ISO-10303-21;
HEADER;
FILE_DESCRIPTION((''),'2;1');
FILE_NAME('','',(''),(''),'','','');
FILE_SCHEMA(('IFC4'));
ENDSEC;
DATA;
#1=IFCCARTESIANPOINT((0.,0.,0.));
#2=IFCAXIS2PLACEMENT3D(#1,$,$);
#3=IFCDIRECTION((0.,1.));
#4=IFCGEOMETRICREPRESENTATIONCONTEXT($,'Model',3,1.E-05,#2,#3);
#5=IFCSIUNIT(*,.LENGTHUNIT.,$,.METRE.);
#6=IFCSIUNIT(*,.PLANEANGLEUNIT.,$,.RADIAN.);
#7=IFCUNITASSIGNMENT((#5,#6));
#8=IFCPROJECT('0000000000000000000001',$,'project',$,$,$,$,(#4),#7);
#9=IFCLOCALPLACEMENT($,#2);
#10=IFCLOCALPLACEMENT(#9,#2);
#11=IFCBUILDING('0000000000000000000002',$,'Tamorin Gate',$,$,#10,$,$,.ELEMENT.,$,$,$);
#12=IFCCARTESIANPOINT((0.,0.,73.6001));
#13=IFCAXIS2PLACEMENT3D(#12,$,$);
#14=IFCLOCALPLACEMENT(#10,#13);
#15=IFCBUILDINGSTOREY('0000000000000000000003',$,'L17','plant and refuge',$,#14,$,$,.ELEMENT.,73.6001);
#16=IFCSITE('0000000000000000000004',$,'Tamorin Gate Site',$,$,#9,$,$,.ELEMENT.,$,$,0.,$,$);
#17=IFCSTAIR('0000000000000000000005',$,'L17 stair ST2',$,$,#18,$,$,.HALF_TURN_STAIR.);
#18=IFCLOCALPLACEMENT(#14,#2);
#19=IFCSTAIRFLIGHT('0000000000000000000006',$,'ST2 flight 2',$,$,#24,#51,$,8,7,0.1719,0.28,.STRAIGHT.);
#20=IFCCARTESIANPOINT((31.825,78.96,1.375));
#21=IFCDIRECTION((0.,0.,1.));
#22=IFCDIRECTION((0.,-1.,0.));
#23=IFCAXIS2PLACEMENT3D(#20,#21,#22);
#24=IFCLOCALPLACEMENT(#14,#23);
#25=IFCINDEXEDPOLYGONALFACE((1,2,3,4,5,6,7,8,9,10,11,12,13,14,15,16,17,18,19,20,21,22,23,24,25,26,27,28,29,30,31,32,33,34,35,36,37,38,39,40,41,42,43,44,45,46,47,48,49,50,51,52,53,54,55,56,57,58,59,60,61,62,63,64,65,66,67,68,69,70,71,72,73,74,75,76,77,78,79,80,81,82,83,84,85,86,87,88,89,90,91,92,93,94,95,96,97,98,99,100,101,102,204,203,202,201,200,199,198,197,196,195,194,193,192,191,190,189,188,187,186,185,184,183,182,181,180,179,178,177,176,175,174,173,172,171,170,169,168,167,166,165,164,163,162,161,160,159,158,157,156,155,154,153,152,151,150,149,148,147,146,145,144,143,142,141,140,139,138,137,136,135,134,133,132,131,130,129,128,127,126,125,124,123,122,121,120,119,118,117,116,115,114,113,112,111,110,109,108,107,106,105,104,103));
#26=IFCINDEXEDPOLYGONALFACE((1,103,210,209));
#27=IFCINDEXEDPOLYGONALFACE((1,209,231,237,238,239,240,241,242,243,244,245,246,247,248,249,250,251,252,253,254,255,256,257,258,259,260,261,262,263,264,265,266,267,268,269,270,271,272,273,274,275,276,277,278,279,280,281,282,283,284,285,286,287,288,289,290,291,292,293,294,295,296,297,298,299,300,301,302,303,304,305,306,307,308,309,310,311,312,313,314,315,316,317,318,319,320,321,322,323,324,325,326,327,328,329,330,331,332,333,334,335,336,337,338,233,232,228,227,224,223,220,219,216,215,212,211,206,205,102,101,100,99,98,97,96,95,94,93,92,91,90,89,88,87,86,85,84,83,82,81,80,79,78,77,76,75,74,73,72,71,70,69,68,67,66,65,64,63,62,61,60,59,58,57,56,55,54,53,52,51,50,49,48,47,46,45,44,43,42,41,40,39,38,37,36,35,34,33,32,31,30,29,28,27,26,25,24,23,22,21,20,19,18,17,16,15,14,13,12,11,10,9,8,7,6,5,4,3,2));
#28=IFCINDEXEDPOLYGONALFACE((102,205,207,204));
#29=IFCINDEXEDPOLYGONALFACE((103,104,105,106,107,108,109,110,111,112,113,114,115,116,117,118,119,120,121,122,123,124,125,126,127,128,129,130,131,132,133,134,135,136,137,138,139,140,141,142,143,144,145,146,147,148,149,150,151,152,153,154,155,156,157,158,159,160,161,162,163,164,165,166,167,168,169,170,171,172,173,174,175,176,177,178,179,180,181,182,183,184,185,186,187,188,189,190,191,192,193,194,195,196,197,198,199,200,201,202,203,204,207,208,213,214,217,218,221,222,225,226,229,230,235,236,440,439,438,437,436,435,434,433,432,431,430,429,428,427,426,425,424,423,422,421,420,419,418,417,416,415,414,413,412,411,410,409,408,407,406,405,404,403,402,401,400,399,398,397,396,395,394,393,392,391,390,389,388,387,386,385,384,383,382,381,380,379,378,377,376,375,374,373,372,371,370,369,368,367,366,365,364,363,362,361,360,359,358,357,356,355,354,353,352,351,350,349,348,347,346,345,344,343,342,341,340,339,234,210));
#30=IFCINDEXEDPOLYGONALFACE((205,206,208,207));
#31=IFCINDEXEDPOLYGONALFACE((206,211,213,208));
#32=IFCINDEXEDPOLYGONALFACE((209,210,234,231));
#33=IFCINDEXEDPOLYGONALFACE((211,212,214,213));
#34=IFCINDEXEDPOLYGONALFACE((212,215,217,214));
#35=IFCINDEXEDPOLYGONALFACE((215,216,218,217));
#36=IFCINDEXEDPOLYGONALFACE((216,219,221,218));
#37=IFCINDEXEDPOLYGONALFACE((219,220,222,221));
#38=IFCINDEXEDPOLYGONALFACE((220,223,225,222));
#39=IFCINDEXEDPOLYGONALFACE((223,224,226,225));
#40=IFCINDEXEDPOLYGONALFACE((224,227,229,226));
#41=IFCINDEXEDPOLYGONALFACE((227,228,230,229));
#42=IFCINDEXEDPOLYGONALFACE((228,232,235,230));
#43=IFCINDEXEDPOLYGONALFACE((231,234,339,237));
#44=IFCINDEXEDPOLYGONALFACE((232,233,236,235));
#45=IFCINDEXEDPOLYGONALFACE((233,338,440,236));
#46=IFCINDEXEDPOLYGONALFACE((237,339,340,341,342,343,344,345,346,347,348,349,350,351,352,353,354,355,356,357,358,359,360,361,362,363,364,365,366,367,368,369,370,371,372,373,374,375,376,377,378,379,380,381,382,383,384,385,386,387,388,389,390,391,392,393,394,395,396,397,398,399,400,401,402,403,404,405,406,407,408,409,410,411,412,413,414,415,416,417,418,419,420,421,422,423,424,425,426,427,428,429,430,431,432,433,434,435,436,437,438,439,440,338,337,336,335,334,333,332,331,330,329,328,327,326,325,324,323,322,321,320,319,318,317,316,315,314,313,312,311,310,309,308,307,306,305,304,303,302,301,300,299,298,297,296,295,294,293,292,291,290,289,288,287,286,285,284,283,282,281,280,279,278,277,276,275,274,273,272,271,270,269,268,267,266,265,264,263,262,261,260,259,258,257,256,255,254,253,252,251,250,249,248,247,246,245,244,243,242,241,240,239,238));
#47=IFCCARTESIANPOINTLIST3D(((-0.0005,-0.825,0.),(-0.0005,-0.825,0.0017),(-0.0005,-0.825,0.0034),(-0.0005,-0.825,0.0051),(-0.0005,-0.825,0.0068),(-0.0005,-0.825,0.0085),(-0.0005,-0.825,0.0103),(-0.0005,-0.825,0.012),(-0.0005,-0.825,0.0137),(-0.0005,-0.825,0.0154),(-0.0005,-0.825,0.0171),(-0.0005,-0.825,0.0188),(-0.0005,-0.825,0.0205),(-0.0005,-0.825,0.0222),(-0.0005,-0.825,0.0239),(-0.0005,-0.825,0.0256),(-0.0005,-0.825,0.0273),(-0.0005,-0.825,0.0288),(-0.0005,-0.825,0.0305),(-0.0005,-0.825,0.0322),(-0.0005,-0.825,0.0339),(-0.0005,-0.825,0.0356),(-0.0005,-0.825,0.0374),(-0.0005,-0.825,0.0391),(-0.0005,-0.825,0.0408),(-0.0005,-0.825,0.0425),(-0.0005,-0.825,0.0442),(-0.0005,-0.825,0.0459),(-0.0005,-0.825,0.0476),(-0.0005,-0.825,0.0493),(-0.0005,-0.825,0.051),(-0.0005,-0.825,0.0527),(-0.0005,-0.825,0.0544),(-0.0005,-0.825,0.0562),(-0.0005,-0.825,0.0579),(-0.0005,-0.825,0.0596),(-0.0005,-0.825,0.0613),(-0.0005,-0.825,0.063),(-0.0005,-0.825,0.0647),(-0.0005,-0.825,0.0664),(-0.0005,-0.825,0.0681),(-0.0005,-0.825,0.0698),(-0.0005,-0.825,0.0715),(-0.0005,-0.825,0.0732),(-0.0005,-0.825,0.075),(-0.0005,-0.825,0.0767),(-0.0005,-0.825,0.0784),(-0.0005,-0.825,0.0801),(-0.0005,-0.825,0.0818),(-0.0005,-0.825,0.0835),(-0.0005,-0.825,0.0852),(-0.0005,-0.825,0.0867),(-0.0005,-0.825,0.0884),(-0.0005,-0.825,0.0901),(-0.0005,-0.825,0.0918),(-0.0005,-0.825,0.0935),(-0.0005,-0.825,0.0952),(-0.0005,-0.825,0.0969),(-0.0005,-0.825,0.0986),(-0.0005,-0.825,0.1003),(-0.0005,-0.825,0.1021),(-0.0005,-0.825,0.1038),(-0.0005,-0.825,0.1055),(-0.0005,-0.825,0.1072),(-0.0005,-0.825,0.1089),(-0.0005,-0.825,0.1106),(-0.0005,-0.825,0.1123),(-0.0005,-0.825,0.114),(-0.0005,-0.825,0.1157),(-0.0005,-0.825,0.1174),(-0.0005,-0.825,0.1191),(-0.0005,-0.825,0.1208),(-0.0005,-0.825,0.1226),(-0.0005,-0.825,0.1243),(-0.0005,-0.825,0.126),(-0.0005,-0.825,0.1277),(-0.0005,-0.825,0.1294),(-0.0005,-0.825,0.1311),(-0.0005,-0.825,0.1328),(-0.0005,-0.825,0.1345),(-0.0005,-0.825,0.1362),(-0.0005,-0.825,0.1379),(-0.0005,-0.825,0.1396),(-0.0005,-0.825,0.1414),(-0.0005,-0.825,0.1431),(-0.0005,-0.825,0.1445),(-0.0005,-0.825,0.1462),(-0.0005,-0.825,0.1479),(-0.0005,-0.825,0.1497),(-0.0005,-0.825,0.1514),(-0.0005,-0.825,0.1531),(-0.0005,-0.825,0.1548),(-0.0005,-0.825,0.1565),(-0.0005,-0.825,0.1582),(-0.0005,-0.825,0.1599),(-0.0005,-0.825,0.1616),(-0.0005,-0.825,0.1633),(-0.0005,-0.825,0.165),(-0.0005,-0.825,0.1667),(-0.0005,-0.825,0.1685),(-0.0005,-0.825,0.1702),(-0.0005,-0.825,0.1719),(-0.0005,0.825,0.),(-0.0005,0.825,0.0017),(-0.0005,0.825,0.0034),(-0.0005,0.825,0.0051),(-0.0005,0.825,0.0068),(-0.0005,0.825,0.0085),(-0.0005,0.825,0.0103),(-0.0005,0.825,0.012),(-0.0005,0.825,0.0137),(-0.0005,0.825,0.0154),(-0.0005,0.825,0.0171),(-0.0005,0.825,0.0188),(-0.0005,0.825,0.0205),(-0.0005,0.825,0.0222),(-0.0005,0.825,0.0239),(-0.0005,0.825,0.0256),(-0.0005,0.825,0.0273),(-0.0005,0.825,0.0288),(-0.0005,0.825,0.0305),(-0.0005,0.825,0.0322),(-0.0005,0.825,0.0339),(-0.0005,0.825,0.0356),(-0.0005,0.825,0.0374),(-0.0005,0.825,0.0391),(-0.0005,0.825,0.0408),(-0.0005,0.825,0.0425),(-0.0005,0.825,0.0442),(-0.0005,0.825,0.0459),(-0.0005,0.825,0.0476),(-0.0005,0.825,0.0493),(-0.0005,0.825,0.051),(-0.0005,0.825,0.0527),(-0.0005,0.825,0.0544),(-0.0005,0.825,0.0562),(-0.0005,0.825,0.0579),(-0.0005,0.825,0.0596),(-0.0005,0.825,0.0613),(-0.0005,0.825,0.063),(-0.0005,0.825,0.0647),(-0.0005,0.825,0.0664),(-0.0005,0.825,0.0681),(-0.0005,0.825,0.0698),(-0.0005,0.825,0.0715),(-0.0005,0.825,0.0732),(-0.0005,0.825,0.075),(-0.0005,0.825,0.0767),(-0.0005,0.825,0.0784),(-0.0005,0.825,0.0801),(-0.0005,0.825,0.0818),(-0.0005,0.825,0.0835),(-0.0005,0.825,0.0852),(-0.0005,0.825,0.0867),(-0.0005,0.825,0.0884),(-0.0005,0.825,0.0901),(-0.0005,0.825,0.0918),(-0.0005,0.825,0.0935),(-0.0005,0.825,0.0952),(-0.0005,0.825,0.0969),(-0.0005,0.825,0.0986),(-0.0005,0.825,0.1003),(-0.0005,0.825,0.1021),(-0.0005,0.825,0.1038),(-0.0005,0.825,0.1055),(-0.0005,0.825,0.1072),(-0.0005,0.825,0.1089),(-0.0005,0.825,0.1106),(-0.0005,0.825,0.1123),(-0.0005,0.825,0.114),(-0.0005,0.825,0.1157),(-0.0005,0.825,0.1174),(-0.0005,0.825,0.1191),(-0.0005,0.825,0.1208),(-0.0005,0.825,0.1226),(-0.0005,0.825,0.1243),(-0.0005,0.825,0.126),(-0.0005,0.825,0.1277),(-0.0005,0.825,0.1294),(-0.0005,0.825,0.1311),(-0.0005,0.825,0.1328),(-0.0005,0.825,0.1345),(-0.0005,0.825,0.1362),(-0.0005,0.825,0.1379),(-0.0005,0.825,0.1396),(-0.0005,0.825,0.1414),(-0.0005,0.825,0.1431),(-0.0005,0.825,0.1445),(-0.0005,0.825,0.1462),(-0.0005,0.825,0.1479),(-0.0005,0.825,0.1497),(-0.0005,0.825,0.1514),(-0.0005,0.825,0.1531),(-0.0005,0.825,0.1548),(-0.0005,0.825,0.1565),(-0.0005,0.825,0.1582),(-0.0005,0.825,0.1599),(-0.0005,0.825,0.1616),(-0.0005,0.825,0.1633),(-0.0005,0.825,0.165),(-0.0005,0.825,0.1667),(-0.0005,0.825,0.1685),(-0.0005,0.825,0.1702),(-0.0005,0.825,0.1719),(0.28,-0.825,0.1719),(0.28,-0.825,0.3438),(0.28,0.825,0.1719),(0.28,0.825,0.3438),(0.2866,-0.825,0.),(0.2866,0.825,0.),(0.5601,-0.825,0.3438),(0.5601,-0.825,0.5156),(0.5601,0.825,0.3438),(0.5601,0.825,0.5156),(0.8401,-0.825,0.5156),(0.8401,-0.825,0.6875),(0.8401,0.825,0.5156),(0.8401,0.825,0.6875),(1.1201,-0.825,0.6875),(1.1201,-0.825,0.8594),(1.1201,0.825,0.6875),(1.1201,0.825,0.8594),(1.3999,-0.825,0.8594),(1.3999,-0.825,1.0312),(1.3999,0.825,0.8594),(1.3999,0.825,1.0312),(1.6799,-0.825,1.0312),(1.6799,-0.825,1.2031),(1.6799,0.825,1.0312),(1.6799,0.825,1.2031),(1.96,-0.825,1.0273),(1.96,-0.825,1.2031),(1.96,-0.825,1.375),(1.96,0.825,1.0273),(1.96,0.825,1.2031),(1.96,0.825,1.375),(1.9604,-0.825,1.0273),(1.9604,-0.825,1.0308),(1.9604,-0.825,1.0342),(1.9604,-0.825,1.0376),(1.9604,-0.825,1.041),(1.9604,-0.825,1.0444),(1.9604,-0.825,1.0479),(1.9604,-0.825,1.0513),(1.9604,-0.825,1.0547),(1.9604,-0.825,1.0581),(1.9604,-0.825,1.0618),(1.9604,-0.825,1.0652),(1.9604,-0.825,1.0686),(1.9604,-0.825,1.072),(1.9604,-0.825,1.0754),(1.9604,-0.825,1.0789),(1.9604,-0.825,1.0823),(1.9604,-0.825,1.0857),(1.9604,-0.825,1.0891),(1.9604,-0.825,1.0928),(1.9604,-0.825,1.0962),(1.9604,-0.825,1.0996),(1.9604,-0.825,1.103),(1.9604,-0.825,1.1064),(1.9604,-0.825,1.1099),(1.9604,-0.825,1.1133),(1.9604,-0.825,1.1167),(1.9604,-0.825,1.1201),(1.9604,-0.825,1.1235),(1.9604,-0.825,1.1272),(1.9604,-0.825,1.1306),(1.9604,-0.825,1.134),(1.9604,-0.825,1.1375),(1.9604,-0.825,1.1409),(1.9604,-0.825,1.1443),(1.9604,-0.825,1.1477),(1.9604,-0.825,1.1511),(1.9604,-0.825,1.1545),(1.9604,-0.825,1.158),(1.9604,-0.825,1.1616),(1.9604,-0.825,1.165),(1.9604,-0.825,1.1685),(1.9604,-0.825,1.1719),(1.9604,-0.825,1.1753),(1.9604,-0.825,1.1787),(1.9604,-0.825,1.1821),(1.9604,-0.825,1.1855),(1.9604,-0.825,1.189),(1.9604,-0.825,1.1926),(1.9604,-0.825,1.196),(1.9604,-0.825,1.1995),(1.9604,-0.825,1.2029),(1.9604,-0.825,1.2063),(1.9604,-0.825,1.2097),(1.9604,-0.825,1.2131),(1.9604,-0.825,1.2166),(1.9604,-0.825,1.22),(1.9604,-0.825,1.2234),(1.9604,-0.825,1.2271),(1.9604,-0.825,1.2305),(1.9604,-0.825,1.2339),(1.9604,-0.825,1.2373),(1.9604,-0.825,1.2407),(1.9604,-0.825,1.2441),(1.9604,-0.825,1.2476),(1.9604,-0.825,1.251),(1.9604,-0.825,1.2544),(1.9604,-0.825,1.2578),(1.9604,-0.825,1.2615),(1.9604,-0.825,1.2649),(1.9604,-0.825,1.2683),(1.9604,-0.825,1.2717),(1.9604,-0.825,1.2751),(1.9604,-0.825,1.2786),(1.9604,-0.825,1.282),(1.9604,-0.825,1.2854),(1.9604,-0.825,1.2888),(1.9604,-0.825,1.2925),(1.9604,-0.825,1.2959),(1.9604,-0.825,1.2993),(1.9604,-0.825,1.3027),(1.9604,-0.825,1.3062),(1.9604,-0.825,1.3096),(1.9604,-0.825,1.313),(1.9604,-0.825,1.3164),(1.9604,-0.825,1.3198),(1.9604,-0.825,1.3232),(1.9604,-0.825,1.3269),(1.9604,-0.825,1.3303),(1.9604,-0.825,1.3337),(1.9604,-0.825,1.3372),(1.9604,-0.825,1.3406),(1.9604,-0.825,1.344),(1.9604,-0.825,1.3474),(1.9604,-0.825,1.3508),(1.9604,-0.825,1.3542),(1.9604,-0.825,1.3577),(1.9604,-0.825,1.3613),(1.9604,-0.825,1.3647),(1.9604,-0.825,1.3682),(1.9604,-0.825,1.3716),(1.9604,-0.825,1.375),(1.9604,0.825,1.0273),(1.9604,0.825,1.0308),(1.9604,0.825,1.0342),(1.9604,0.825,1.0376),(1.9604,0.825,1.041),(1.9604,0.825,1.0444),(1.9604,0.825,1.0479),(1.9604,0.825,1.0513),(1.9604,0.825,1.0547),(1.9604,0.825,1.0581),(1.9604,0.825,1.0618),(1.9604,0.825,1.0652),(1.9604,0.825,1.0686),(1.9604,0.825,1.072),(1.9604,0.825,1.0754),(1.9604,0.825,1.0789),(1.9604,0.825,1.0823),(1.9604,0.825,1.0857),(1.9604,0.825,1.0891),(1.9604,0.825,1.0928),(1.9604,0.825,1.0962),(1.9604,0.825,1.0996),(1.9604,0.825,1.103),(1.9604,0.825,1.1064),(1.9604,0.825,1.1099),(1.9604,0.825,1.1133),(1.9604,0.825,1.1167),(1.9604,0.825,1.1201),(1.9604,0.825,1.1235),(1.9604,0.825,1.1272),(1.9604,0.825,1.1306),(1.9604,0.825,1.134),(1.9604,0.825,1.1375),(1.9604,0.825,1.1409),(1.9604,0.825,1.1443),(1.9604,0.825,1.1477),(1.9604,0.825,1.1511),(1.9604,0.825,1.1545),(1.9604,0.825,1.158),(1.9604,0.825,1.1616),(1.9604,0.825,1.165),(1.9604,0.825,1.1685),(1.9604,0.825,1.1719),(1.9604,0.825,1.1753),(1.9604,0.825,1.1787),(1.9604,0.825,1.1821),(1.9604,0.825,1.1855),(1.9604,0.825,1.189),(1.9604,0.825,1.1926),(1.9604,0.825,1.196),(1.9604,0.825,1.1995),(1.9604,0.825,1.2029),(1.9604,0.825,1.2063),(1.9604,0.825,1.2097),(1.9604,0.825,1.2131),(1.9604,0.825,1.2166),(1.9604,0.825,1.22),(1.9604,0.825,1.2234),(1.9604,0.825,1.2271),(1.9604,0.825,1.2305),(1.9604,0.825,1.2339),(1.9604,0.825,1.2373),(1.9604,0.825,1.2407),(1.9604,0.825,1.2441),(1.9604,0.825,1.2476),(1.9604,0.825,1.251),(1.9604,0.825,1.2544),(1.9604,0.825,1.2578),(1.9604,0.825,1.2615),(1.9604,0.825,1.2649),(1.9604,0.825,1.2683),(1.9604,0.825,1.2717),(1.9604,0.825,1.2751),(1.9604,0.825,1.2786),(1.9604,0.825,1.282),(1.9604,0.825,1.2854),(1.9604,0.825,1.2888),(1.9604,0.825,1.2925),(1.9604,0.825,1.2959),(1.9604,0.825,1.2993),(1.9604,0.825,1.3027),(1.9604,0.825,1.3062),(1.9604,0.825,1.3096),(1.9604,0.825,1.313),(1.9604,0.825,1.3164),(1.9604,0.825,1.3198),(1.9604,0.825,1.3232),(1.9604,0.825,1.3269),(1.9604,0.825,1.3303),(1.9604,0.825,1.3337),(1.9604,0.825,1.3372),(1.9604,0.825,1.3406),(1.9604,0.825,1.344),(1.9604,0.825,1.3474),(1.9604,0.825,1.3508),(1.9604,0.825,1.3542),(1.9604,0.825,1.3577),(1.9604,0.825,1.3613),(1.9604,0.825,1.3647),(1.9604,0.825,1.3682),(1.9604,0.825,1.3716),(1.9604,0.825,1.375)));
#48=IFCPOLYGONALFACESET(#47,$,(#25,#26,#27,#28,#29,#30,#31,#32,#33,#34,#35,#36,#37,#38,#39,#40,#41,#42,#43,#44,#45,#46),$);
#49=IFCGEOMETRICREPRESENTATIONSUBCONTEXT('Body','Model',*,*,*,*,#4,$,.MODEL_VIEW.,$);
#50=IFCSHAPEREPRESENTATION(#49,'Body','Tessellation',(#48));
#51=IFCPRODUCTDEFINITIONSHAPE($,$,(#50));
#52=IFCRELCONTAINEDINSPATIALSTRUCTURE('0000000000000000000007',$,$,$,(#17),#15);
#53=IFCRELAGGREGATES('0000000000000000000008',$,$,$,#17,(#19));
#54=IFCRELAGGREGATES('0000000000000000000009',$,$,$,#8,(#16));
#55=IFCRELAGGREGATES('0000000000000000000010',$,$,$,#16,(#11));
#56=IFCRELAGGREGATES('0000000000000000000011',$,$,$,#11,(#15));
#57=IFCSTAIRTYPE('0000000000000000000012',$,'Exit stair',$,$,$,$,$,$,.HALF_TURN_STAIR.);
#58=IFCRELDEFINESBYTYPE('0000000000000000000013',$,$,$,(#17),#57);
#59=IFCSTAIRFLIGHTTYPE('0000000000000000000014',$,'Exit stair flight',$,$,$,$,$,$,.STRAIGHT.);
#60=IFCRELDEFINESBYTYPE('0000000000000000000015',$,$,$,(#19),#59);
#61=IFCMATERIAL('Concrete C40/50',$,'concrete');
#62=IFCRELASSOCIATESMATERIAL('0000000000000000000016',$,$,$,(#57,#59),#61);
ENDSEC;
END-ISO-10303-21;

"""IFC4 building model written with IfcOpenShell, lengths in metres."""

from ifc_helpers import new_model, si_unit, direction, frame, origin, place, context, subcontext, project, spatial, polyline, outline, extrude, material, type_object, element, aggregate, save


model = new_model("IFC4")

# Units and contexts
model_context = context("Model", 3, precision=1e-05, world=origin(), true_north=direction((0.0, 1.0)))
body_context = subcontext(model_context, "Body", "Model", "MODEL_VIEW")
ifc_project = project(units=[si_unit("LENGTHUNIT", "METRE"), si_unit("PLANEANGLEUNIT", "RADIAN")], contexts=[model_context])

# Site, building, storey
site_placement = place(None, origin())
site = spatial("IfcSite", under=ifc_project, at=site_placement, Name="Tamorin Gate Site", CompositionType="ELEMENT", RefElevation=0.0)
building_placement = place(site_placement, origin())
building = spatial("IfcBuilding", under=site, at=building_placement, Name="Tamorin Gate", CompositionType="ELEMENT")
storey_placement = place(building_placement, frame((0.0, 0.0, 73.6001)))
storey = spatial("IfcBuildingStorey", under=building, at=storey_placement, Name="L17", Description="plant and refuge", CompositionType="ELEMENT", Elevation=73.6001)

# Stair, stair flight
ifc_material_1 = material(Name="Concrete C40/50", Category="concrete")
stair_type = type_object("IfcStairType", Name="Exit stair", PredefinedType="HALF_TURN_STAIR", material=ifc_material_1)
stair_placement = place(storey_placement, origin())
stair = element("IfcStair", 1, at=stair_placement, inside=storey, type_object=stair_type, Name="L17 stair ST2", PredefinedType="HALF_TURN_STAIR")
stair_flight_type = type_object("IfcStairFlightType", Name="Exit stair flight", PredefinedType="STRAIGHT", material=ifc_material_1)
stair_flight_1_placement = place(storey_placement, frame((31.825, 78.96, 1.375), z_axis=(0.0, 0.0, 1.0), x_axis=(0.0, -1.0, 0.0)))
stair_flight_1 = element("IfcStairFlight", 2, at=stair_flight_1_placement, type_object=stair_flight_type, Name="ST2 flight 2", NumberOfRisers=8, NumberOfTreads=7, PredefinedType="STRAIGHT", RiserHeight=0.1719, TreadLength=0.28, context=body_context, shape_type="SweptSolid", body=[
    extrude(outline(polyline([(-0.0005, 0.0), (-0.0005, 0.0017), (-0.0005, 0.0034), (-0.0005, 0.0051), (-0.0005, 0.0068), (-0.0005, 0.0085), (-0.0005, 0.0103), (-0.0005, 0.012), (-0.0005, 0.0137), (-0.0005, 0.0154), (-0.0005, 0.0171), (-0.0005, 0.0188), (-0.0005, 0.0205), (-0.0005, 0.0222), (-0.0005, 0.0239), (-0.0005, 0.0256), (-0.0005, 0.0273), (-0.0005, 0.0288), (-0.0005, 0.0305), (-0.0005, 0.0322), (-0.0005, 0.0339), (-0.0005, 0.0356), (-0.0005, 0.0374), (-0.0005, 0.0391), (-0.0005, 0.0408), (-0.0005, 0.0425), (-0.0005, 0.0442), (-0.0005, 0.0459), (-0.0005, 0.0476), (-0.0005, 0.0493), (-0.0005, 0.051), (-0.0005, 0.0527), (-0.0005, 0.0544), (-0.0005, 0.0562), (-0.0005, 0.0579), (-0.0005, 0.0596), (-0.0005, 0.0613), (-0.0005, 0.063), (-0.0005, 0.0647), (-0.0005, 0.0664), (-0.0005, 0.0681), (-0.0005, 0.0698), (-0.0005, 0.0715), (-0.0005, 0.0732), (-0.0005, 0.075), (-0.0005, 0.0767), (-0.0005, 0.0784), (-0.0005, 0.0801), (-0.0005, 0.0818), (-0.0005, 0.0835), (-0.0005, 0.0852), (-0.0005, 0.0867), (-0.0005, 0.0884), (-0.0005, 0.0901), (-0.0005, 0.0918), (-0.0005, 0.0935), (-0.0005, 0.0952), (-0.0005, 0.0969), (-0.0005, 0.0986), (-0.0005, 0.1003), (-0.0005, 0.1021), (-0.0005, 0.1038), (-0.0005, 0.1055), (-0.0005, 0.1072), (-0.0005, 0.1089), (-0.0005, 0.1106), (-0.0005, 0.1123), (-0.0005, 0.114), (-0.0005, 0.1157), (-0.0005, 0.1174), (-0.0005, 0.1191), (-0.0005, 0.1208), (-0.0005, 0.1226), (-0.0005, 0.1243), (-0.0005, 0.126), (-0.0005, 0.1277), (-0.0005, 0.1294), (-0.0005, 0.1311), (-0.0005, 0.1328), (-0.0005, 0.1345), (-0.0005, 0.1362), (-0.0005, 0.1379), (-0.0005, 0.1396), (-0.0005, 0.1414), (-0.0005, 0.1431), (-0.0005, 0.1445), (-0.0005, 0.1462), (-0.0005, 0.1479), (-0.0005, 0.1497), (-0.0005, 0.1514), (-0.0005, 0.1531), (-0.0005, 0.1548), (-0.0005, 0.1565), (-0.0005, 0.1582), (-0.0005, 0.1599), (-0.0005, 0.1616), (-0.0005, 0.1633), (-0.0005, 0.165), (-0.0005, 0.1667), (-0.0005, 0.1685), (-0.0005, 0.1702), (-0.0005, 0.1719), (0.28, 0.1719), (0.28, 0.3438), (0.5601, 0.3438), (0.5601, 0.5156), (0.8401, 0.5156), (0.8401, 0.6875), (1.1201, 0.6875), (1.1201, 0.8594), (1.3999, 0.8594), (1.3999, 1.0312), (1.6799, 1.0312), (1.6799, 1.2031), (1.96, 1.2031), (1.96, 1.375), (1.9604, 1.375), (1.9604, 1.3716), (1.9604, 1.3682), (1.9604, 1.3647), (1.9604, 1.3613), (1.9604, 1.3577), (1.9604, 1.3542), (1.9604, 1.3508), (1.9604, 1.3474), (1.9604, 1.344), (1.9604, 1.3406), (1.9604, 1.3372), (1.9604, 1.3337), (1.9604, 1.3303), (1.9604, 1.3269), (1.9604, 1.3232), (1.9604, 1.3198), (1.9604, 1.3164), (1.9604, 1.313), (1.9604, 1.3096), (1.9604, 1.3062), (1.9604, 1.3027), (1.9604, 1.2993), (1.9604, 1.2959), (1.9604, 1.2925), (1.9604, 1.2888), (1.9604, 1.2854), (1.9604, 1.282), (1.9604, 1.2786), (1.9604, 1.2751), (1.9604, 1.2717), (1.9604, 1.2683), (1.9604, 1.2649), (1.9604, 1.2615), (1.9604, 1.2578), (1.9604, 1.2544), (1.9604, 1.251), (1.9604, 1.2476), (1.9604, 1.2441), (1.9604, 1.2407), (1.9604, 1.2373), (1.9604, 1.2339), (1.9604, 1.2305), (1.9604, 1.2271), (1.9604, 1.2234), (1.9604, 1.22), (1.9604, 1.2166), (1.9604, 1.2131), (1.9604, 1.2097), (1.9604, 1.2063), (1.9604, 1.2029), (1.9604, 1.1995), (1.9604, 1.196), (1.9604, 1.1926), (1.9604, 1.189), (1.9604, 1.1855), (1.9604, 1.1821), (1.9604, 1.1787), (1.9604, 1.1753), (1.9604, 1.1719), (1.9604, 1.1685), (1.9604, 1.165), (1.9604, 1.1616), (1.9604, 1.158), (1.9604, 1.1545), (1.9604, 1.1511), (1.9604, 1.1477), (1.9604, 1.1443), (1.9604, 1.1409), (1.9604, 1.1375), (1.9604, 1.134), (1.9604, 1.1306), (1.9604, 1.1272), (1.9604, 1.1235), (1.9604, 1.1201), (1.9604, 1.1167), (1.9604, 1.1133), (1.9604, 1.1099), (1.9604, 1.1064), (1.9604, 1.103), (1.9604, 1.0996), (1.9604, 1.0962), (1.9604, 1.0928), (1.9604, 1.0891), (1.9604, 1.0857), (1.9604, 1.0823), (1.9604, 1.0789), (1.9604, 1.0754), (1.9604, 1.072), (1.9604, 1.0686), (1.9604, 1.0652), (1.9604, 1.0618), (1.9604, 1.0581), (1.9604, 1.0547), (1.9604, 1.0513), (1.9604, 1.0479), (1.9604, 1.0444), (1.9604, 1.041), (1.9604, 1.0376), (1.9604, 1.0342), (1.9604, 1.0308), (1.9604, 1.0273), (1.96, 1.0273), (0.2866, 0.0), (-0.0005, 0.0)])), frame((0.0, 0.825, 0.0), z_axis=(0.0, -1.0, 0.0), x_axis=(1.0, 0.0, 0.0)), (0.0, 0.0, 1.0), 1.6499),
])
aggregate(stair, [stair_flight_1])

save(model, "model.ifc")
